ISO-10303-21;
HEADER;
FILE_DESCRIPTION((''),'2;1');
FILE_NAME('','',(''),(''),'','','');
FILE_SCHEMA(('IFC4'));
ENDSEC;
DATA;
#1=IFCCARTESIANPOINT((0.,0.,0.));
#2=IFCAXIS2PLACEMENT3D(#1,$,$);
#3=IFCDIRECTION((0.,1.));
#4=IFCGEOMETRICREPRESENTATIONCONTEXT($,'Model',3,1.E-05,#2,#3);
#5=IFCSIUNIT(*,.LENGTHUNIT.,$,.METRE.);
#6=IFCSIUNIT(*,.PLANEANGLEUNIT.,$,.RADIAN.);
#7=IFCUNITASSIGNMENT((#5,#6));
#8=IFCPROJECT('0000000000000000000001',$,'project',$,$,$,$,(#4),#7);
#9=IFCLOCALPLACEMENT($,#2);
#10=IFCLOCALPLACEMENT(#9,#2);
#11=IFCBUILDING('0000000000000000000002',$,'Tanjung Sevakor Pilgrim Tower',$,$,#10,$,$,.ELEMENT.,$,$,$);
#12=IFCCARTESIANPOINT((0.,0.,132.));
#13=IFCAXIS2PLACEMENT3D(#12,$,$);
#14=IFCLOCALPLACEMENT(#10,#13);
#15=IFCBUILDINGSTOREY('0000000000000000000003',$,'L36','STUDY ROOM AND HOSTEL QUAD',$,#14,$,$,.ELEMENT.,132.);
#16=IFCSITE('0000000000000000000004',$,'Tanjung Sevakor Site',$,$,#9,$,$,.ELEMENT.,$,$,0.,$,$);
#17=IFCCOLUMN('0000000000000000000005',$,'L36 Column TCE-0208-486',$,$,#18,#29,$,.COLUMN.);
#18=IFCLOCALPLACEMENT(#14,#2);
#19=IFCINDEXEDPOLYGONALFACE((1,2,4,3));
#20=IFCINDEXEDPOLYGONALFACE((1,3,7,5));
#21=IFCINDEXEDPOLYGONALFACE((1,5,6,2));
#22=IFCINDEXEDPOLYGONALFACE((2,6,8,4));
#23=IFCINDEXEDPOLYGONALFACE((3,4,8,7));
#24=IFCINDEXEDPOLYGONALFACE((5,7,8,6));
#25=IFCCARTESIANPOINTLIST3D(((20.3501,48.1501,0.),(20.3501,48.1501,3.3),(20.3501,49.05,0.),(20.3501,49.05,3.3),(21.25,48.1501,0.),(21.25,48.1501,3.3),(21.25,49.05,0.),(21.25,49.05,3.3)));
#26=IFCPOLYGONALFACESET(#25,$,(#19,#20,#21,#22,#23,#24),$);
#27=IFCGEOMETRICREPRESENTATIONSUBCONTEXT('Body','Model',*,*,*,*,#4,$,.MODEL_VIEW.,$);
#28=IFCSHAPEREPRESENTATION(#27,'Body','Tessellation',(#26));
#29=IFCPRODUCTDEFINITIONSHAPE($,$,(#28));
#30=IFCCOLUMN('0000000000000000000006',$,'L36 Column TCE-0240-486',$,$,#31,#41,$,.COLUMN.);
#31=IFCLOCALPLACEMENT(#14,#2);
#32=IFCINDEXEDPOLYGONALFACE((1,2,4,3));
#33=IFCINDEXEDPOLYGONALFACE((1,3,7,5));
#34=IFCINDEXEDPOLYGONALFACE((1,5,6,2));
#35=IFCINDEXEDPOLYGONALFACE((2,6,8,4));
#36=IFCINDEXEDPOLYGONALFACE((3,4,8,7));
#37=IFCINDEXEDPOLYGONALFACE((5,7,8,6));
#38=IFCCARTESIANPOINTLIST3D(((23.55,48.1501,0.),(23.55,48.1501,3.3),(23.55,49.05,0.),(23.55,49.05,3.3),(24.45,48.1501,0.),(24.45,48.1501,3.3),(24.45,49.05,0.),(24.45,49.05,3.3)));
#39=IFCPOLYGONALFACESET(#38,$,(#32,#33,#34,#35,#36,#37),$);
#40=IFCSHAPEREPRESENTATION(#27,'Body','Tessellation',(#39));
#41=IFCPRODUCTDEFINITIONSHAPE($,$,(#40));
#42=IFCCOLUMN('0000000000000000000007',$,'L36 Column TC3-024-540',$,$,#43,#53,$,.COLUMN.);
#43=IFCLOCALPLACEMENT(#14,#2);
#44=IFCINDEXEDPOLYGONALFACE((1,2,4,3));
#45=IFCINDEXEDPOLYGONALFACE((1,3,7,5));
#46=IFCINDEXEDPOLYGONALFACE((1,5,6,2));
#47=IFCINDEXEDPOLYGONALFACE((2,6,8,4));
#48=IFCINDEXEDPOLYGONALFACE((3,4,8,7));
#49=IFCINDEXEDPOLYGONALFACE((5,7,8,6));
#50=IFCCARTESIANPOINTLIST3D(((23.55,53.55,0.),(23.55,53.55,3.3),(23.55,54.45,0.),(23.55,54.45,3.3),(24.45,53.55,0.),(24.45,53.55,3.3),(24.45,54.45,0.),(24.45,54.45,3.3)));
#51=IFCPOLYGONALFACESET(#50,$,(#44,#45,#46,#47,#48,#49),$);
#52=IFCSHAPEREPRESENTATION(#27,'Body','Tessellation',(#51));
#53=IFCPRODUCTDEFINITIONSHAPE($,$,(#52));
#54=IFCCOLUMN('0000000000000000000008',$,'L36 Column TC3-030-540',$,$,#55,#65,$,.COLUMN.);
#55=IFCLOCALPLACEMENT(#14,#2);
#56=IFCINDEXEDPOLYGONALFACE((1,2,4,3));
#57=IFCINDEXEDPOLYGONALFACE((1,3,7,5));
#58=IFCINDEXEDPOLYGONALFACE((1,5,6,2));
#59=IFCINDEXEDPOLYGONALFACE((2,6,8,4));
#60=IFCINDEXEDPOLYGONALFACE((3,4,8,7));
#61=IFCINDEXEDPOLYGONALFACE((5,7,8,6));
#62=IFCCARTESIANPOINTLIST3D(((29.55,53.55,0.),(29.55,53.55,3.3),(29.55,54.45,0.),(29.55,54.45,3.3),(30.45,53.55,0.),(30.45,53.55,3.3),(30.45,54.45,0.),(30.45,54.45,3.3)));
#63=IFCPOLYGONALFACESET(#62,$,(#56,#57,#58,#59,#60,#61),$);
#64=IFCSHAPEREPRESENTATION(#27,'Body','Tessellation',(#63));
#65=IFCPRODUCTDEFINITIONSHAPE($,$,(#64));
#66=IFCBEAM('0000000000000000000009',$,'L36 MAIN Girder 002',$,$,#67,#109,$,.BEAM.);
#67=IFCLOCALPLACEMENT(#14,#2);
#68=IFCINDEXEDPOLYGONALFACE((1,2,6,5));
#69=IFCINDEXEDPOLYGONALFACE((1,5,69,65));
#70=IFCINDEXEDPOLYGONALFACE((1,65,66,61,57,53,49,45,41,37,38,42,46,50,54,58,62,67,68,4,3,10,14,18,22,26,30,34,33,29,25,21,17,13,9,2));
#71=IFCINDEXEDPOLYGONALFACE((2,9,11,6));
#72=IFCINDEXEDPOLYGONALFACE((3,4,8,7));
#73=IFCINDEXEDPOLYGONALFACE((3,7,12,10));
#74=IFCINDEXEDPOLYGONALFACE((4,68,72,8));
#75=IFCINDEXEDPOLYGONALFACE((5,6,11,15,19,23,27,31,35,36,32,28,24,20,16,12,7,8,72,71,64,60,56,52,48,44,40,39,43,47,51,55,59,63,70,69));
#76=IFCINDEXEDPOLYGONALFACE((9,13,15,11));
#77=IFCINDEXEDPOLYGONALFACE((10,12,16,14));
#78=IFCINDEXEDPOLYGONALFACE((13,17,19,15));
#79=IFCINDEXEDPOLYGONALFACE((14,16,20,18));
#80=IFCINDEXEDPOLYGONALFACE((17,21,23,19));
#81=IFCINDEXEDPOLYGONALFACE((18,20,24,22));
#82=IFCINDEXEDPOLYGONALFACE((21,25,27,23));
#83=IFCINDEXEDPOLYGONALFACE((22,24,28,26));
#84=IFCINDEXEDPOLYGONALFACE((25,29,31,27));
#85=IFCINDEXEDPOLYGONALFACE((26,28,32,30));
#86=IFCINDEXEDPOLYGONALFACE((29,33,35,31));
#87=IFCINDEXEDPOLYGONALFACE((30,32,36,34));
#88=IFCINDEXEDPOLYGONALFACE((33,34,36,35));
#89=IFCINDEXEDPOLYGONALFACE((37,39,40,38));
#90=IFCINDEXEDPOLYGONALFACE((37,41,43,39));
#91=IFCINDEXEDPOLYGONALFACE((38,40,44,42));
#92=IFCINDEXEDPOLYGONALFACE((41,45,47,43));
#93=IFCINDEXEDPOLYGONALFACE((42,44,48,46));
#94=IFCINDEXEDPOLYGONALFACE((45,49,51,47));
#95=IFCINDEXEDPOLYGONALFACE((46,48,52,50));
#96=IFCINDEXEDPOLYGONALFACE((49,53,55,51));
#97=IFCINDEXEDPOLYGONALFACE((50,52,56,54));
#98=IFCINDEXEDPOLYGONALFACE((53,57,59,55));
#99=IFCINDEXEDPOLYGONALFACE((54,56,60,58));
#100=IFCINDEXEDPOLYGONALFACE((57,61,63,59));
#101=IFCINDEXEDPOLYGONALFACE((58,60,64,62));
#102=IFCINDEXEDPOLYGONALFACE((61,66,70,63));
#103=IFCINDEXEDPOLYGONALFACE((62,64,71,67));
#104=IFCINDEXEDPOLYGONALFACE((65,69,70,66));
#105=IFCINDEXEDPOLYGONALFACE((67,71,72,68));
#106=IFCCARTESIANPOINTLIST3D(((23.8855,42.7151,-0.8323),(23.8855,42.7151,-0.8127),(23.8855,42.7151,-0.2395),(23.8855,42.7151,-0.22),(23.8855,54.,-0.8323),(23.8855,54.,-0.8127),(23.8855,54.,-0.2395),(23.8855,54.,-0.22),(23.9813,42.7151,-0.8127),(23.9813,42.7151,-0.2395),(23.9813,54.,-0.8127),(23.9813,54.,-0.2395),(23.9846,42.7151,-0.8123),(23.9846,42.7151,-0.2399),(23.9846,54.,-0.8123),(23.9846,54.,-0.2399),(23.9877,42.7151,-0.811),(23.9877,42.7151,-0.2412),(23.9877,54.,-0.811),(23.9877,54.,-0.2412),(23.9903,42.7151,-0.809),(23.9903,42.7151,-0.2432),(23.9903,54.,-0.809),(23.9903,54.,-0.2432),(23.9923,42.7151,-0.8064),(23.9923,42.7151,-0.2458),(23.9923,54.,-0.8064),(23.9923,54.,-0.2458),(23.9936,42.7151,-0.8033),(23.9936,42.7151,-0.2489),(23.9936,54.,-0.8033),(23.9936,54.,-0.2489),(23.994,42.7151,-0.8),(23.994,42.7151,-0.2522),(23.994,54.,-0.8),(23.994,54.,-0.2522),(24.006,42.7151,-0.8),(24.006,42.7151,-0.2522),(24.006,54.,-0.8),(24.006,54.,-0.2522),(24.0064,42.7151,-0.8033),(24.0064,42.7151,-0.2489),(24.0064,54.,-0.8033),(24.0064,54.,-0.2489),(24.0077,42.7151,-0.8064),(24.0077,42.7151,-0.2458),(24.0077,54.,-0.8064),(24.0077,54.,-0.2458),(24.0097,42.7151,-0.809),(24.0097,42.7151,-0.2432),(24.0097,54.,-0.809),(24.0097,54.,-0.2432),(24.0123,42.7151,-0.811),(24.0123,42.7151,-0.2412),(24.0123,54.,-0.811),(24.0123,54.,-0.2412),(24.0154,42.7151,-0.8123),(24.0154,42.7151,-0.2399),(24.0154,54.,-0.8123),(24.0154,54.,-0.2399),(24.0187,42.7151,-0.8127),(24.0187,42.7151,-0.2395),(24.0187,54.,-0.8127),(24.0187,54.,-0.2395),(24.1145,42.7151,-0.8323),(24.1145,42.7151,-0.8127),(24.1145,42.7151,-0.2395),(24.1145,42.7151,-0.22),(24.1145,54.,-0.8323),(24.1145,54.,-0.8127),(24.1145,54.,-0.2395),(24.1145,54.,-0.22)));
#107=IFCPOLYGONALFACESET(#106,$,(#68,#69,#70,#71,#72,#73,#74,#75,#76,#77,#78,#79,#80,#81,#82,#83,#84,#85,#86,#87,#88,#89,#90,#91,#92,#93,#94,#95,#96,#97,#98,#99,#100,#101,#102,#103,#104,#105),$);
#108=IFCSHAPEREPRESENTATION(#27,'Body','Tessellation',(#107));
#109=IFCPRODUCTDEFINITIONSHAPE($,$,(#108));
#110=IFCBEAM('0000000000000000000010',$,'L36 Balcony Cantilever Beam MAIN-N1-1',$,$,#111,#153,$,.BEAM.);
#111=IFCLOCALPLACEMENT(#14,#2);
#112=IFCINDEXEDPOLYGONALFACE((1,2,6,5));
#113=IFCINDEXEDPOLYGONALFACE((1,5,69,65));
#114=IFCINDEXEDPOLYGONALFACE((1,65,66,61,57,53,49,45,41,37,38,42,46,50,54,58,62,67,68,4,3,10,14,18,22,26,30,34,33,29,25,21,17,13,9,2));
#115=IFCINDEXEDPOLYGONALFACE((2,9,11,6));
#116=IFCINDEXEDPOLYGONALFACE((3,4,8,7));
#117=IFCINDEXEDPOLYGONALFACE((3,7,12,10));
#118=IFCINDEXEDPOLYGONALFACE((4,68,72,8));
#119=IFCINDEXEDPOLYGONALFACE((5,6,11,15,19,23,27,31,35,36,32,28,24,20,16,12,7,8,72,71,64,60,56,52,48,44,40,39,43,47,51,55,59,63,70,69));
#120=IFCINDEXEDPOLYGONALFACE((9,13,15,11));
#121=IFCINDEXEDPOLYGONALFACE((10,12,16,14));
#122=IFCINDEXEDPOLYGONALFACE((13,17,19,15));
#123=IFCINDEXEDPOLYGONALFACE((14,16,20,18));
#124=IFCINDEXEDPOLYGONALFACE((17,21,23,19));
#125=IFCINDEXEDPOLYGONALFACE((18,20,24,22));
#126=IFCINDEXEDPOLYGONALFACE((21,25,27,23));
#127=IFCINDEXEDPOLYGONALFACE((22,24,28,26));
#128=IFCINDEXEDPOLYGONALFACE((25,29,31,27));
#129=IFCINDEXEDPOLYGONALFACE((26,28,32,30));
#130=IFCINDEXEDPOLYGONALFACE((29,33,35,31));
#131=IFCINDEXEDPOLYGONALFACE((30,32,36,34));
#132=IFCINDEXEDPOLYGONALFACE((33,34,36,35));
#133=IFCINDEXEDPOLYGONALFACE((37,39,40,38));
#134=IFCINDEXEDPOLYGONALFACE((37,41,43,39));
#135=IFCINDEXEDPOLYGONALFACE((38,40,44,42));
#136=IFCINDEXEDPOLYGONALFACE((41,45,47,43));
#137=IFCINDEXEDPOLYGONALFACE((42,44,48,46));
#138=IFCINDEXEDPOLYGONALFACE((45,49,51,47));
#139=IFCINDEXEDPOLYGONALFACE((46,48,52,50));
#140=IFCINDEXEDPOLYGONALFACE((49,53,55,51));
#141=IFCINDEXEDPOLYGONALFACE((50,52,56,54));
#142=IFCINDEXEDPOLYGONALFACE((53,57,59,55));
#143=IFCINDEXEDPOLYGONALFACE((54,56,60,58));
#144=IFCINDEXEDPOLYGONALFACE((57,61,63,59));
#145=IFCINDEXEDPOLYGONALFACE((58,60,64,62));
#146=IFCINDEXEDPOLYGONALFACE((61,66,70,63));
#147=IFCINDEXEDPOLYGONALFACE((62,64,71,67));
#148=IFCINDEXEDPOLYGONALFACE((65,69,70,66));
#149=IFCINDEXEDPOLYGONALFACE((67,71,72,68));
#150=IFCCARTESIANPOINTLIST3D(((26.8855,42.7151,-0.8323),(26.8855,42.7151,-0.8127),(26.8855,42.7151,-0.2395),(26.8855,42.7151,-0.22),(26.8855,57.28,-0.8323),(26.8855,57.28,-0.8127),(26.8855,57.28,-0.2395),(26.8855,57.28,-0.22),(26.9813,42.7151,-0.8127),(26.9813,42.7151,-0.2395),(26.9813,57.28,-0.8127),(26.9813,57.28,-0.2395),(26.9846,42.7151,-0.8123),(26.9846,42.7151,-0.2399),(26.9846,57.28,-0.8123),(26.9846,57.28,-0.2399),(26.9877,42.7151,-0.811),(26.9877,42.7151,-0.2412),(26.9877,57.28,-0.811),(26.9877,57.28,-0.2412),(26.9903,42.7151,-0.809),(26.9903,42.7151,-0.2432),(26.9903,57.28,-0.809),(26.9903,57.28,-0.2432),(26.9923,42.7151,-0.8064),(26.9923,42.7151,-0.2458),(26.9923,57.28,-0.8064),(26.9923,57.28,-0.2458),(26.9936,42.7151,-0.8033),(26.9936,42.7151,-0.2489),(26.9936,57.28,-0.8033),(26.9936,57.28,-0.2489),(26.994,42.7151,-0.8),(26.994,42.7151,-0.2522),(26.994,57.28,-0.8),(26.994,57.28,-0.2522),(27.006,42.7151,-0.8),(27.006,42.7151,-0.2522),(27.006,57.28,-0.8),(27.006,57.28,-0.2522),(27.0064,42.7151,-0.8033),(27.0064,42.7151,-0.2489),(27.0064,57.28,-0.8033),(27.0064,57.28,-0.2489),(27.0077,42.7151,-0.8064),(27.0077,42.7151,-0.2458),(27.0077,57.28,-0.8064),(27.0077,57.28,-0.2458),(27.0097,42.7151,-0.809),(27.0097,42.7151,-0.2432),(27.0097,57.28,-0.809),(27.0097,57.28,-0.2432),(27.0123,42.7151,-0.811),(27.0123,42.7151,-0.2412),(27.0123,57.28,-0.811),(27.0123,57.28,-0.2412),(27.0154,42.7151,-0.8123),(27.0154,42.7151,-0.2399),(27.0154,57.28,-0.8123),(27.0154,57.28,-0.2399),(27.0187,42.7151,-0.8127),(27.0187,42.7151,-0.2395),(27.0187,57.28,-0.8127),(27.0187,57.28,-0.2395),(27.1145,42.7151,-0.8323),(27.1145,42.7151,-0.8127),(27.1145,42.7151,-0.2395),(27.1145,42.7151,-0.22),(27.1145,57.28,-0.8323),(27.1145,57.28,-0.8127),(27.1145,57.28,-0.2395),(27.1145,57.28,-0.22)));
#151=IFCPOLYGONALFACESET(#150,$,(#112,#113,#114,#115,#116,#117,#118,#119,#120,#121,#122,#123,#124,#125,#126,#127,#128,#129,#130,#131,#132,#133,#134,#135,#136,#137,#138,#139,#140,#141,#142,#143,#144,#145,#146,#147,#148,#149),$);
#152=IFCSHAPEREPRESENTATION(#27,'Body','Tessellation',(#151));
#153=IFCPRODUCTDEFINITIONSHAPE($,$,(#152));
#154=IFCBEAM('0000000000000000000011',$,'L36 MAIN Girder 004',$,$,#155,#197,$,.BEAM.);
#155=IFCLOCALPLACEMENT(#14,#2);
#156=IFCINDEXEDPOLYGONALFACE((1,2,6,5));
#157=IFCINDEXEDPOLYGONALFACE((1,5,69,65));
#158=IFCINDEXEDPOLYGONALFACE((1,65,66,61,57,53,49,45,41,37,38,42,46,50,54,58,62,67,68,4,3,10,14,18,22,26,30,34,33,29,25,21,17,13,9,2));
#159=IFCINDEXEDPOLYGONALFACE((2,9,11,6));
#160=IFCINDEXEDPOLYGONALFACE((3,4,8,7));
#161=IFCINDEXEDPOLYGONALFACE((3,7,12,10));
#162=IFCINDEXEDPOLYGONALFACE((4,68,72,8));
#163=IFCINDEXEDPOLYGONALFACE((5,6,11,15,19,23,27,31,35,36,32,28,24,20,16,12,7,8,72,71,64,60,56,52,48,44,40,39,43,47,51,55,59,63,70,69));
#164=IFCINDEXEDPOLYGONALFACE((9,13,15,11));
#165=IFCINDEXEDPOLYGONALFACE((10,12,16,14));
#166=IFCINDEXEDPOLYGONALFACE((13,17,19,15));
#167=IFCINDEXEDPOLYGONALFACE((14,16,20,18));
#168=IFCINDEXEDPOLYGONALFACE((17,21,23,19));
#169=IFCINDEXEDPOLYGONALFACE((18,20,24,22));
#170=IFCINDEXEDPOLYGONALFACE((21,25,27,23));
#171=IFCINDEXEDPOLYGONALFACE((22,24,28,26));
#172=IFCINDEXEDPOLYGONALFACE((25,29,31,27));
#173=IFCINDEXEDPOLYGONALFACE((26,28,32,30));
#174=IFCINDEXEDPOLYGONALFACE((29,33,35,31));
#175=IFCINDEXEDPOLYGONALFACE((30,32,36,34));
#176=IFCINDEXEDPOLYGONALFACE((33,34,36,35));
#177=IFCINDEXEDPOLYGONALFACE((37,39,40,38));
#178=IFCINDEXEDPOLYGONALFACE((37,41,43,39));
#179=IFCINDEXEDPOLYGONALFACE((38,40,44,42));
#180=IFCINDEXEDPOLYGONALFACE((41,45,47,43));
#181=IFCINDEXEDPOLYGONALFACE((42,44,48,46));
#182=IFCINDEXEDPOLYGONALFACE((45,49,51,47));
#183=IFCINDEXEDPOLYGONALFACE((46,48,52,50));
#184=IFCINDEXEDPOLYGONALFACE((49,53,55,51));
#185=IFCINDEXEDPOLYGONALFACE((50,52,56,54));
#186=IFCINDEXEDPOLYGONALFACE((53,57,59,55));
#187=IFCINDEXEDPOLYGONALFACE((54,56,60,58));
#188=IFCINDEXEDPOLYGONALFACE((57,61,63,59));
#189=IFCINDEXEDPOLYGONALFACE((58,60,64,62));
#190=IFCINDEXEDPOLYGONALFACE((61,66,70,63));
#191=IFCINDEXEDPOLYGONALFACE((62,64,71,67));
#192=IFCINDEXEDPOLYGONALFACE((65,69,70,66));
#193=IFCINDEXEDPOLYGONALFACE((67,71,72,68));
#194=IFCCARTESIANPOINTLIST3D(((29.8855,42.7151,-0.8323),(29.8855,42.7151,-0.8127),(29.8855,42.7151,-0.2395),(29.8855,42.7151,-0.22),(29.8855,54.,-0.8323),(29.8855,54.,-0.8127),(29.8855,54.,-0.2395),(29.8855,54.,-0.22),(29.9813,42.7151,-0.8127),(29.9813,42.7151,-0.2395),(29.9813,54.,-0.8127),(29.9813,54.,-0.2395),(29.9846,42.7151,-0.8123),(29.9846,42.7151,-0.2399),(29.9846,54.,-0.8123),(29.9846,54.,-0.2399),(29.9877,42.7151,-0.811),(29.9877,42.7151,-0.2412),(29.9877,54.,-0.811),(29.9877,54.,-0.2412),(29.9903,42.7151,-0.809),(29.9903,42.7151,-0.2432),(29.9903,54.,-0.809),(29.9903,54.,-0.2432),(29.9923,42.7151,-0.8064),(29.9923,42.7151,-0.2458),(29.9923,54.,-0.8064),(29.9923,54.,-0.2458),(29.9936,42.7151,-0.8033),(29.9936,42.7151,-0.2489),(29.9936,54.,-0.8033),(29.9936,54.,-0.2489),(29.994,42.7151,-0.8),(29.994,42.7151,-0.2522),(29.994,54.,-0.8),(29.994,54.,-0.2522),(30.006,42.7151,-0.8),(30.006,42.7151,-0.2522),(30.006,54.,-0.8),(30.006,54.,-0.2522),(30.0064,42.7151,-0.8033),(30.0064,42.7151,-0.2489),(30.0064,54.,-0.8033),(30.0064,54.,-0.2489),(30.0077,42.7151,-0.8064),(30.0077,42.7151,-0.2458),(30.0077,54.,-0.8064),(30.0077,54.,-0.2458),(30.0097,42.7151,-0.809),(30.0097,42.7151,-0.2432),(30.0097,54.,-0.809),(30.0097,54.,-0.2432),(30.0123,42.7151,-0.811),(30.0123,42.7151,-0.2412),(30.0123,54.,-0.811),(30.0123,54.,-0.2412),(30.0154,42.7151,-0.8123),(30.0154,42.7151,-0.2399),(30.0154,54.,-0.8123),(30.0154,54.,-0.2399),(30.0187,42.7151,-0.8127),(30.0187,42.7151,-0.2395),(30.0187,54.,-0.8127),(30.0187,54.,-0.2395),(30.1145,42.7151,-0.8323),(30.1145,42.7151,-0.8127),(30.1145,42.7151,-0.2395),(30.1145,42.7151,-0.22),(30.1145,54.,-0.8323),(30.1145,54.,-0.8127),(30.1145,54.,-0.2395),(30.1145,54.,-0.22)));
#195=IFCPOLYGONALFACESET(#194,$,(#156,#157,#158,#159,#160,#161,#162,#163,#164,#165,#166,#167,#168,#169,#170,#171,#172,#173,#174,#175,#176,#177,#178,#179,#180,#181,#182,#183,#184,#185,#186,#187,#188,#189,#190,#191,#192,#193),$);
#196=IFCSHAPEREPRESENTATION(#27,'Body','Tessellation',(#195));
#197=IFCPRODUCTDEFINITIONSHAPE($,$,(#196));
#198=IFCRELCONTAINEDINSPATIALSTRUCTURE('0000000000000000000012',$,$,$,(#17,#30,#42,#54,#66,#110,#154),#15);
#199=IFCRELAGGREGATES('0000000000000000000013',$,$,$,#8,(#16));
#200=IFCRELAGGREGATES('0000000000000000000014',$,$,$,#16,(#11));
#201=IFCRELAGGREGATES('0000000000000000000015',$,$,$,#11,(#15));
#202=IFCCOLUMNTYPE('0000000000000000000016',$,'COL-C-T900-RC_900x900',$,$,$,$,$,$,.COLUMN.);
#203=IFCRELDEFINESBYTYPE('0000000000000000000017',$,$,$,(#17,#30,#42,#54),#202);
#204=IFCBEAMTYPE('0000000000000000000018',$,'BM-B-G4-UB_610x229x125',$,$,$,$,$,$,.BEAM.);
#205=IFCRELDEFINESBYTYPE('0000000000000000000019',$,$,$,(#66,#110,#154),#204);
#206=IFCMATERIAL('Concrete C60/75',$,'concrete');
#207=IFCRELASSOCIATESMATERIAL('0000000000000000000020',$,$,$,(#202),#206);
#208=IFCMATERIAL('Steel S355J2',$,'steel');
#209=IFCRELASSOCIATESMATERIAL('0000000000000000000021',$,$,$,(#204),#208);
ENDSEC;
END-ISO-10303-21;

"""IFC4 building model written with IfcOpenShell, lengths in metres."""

from ifc_helpers import new_model, si_unit, direction, frame, origin, origin_2d, place, context, subcontext, project, spatial, rectangle, i_section, extrude, material, material_profile, profile_set, type_object, element, save


model = new_model("IFC4")

# Units and contexts
model_context = context("Model", 3, precision=1e-05, world=origin(), true_north=direction((0.0, 1.0)))
body_context = subcontext(model_context, "Body", "Model", "MODEL_VIEW")
ifc_project = project(units=[si_unit("LENGTHUNIT", "METRE"), si_unit("PLANEANGLEUNIT", "RADIAN")], contexts=[model_context])

# Site, building, storey
site_placement = place(None, origin())
site = spatial("IfcSite", under=ifc_project, at=site_placement, Name="Tanjung Sevakor Site", CompositionType="ELEMENT", RefElevation=0.0)
building_placement = place(site_placement, origin())
building = spatial("IfcBuilding", under=site, at=building_placement, Name="Tanjung Sevakor Pilgrim Tower", CompositionType="ELEMENT")
storey_placement = place(building_placement, frame((0.0, 0.0, 132.0)))
storey = spatial("IfcBuildingStorey", under=building, at=storey_placement, Name="L36", Description="STUDY ROOM AND HOSTEL QUAD", CompositionType="ELEMENT", Elevation=132.0)

# Columns
ifc_material_1 = material(Name="Concrete C60/75", Category="concrete")
ifc_material_profile_1 = material_profile(ifc_material_1, rectangle(XDim=0.8999, YDim=0.8999, at=origin_2d()))
ifc_profile_set_1 = profile_set([ifc_material_profile_1], Name="Concrete C60/75")
column_type = type_object("IfcColumnType", Name="COL-C-T900-RC_900x900", PredefinedType="COLUMN", material=ifc_profile_set_1)
for number, where, z_axis, x_axis, name in (
    (1, (20.8, 48.6001, 0.0), (0.0, 0.0, 1.0), (1.0, 0.0, 0.0), "L36 Column TCE-0208-486"),
    (2, (24.0, 48.6001, 0.0), (0.0, 0.0, 1.0), (1.0, 0.0, 0.0), "L36 Column TCE-0240-486"),
    (3, (24.0, 54.0, 0.0), (0.0, 0.0, 1.0), (1.0, 0.0, 0.0), "L36 Column TC3-024-540"),
    (4, (30.0, 54.0, 0.0), (0.0, 0.0, 1.0), (1.0, 0.0, 0.0), "L36 Column TC3-030-540"),
):
    element("IfcColumn", number, at=place(storey_placement, frame(where, z_axis=z_axis, x_axis=x_axis)), inside=storey, type_object=column_type, Name=name, PredefinedType="COLUMN", context=body_context, shape_type="SweptSolid", body=[
        extrude(rectangle(XDim=0.8999, YDim=0.8999, at=origin_2d()), origin(), (0.0, 0.0, 1.0), 3.3),
    ])

# Beams
ifc_material_2 = material(Name="Steel S355J2", Category="steel")
ifc_material_profile_2 = material_profile(ifc_material_2, i_section(OverallWidth=0.229, OverallDepth=0.6123, WebThickness=0.012, FlangeThickness=0.0195, FilletRadius=0.0127, at=origin_2d()))
ifc_profile_set_2 = profile_set([ifc_material_profile_2], Name="Steel S355J2")
beam_type_1 = type_object("IfcBeamType", Name="BM-B-G4-UB_610x229x125", PredefinedType="BEAM", material=ifc_profile_set_2)
beam_1_placement = place(storey_placement, frame((24.0, 42.7151, -0.5261), z_axis=(0.0, 1.0, 0.0), x_axis=(-1.0, 0.0, 0.0)))
element("IfcBeam", 5, at=beam_1_placement, inside=storey, type_object=beam_type_1, Name="L36 MAIN Girder 002", PredefinedType="BEAM", context=body_context, shape_type="SweptSolid", body=[
    extrude(i_section(OverallWidth=0.229, OverallDepth=0.6123, WebThickness=0.012, FlangeThickness=0.0195, FilletRadius=0.0127, at=origin_2d()), origin(), (0.0, 0.0, 1.0), 11.2849),
])
beam_2_placement = place(storey_placement, frame((27.0, 42.7151, -0.5261), z_axis=(0.0, 1.0, 0.0), x_axis=(-1.0, 0.0, 0.0)))
element("IfcBeam", 6, at=beam_2_placement, inside=storey, type_object=beam_type_1, Name="L36 Balcony Cantilever Beam MAIN-N1-1", PredefinedType="BEAM", context=body_context, shape_type="SweptSolid", body=[
    extrude(i_section(OverallWidth=0.229, OverallDepth=0.6123, WebThickness=0.012, FlangeThickness=0.0195, FilletRadius=0.0127, at=origin_2d()), origin(), (0.0, 0.0, 1.0), 14.5649),
])
beam_3_placement = place(storey_placement, frame((30.0, 42.7151, -0.5261), z_axis=(0.0, 1.0, 0.0), x_axis=(-1.0, 0.0, 0.0)))
element("IfcBeam", 7, at=beam_3_placement, inside=storey, type_object=beam_type_1, Name="L36 MAIN Girder 004", PredefinedType="BEAM", context=body_context, shape_type="SweptSolid", body=[
    extrude(i_section(OverallWidth=0.229, OverallDepth=0.6123, WebThickness=0.012, FlangeThickness=0.0195, FilletRadius=0.0127, at=origin_2d()), origin(), (0.0, 0.0, 1.0), 11.2849),
])

save(model, "model.ifc")
